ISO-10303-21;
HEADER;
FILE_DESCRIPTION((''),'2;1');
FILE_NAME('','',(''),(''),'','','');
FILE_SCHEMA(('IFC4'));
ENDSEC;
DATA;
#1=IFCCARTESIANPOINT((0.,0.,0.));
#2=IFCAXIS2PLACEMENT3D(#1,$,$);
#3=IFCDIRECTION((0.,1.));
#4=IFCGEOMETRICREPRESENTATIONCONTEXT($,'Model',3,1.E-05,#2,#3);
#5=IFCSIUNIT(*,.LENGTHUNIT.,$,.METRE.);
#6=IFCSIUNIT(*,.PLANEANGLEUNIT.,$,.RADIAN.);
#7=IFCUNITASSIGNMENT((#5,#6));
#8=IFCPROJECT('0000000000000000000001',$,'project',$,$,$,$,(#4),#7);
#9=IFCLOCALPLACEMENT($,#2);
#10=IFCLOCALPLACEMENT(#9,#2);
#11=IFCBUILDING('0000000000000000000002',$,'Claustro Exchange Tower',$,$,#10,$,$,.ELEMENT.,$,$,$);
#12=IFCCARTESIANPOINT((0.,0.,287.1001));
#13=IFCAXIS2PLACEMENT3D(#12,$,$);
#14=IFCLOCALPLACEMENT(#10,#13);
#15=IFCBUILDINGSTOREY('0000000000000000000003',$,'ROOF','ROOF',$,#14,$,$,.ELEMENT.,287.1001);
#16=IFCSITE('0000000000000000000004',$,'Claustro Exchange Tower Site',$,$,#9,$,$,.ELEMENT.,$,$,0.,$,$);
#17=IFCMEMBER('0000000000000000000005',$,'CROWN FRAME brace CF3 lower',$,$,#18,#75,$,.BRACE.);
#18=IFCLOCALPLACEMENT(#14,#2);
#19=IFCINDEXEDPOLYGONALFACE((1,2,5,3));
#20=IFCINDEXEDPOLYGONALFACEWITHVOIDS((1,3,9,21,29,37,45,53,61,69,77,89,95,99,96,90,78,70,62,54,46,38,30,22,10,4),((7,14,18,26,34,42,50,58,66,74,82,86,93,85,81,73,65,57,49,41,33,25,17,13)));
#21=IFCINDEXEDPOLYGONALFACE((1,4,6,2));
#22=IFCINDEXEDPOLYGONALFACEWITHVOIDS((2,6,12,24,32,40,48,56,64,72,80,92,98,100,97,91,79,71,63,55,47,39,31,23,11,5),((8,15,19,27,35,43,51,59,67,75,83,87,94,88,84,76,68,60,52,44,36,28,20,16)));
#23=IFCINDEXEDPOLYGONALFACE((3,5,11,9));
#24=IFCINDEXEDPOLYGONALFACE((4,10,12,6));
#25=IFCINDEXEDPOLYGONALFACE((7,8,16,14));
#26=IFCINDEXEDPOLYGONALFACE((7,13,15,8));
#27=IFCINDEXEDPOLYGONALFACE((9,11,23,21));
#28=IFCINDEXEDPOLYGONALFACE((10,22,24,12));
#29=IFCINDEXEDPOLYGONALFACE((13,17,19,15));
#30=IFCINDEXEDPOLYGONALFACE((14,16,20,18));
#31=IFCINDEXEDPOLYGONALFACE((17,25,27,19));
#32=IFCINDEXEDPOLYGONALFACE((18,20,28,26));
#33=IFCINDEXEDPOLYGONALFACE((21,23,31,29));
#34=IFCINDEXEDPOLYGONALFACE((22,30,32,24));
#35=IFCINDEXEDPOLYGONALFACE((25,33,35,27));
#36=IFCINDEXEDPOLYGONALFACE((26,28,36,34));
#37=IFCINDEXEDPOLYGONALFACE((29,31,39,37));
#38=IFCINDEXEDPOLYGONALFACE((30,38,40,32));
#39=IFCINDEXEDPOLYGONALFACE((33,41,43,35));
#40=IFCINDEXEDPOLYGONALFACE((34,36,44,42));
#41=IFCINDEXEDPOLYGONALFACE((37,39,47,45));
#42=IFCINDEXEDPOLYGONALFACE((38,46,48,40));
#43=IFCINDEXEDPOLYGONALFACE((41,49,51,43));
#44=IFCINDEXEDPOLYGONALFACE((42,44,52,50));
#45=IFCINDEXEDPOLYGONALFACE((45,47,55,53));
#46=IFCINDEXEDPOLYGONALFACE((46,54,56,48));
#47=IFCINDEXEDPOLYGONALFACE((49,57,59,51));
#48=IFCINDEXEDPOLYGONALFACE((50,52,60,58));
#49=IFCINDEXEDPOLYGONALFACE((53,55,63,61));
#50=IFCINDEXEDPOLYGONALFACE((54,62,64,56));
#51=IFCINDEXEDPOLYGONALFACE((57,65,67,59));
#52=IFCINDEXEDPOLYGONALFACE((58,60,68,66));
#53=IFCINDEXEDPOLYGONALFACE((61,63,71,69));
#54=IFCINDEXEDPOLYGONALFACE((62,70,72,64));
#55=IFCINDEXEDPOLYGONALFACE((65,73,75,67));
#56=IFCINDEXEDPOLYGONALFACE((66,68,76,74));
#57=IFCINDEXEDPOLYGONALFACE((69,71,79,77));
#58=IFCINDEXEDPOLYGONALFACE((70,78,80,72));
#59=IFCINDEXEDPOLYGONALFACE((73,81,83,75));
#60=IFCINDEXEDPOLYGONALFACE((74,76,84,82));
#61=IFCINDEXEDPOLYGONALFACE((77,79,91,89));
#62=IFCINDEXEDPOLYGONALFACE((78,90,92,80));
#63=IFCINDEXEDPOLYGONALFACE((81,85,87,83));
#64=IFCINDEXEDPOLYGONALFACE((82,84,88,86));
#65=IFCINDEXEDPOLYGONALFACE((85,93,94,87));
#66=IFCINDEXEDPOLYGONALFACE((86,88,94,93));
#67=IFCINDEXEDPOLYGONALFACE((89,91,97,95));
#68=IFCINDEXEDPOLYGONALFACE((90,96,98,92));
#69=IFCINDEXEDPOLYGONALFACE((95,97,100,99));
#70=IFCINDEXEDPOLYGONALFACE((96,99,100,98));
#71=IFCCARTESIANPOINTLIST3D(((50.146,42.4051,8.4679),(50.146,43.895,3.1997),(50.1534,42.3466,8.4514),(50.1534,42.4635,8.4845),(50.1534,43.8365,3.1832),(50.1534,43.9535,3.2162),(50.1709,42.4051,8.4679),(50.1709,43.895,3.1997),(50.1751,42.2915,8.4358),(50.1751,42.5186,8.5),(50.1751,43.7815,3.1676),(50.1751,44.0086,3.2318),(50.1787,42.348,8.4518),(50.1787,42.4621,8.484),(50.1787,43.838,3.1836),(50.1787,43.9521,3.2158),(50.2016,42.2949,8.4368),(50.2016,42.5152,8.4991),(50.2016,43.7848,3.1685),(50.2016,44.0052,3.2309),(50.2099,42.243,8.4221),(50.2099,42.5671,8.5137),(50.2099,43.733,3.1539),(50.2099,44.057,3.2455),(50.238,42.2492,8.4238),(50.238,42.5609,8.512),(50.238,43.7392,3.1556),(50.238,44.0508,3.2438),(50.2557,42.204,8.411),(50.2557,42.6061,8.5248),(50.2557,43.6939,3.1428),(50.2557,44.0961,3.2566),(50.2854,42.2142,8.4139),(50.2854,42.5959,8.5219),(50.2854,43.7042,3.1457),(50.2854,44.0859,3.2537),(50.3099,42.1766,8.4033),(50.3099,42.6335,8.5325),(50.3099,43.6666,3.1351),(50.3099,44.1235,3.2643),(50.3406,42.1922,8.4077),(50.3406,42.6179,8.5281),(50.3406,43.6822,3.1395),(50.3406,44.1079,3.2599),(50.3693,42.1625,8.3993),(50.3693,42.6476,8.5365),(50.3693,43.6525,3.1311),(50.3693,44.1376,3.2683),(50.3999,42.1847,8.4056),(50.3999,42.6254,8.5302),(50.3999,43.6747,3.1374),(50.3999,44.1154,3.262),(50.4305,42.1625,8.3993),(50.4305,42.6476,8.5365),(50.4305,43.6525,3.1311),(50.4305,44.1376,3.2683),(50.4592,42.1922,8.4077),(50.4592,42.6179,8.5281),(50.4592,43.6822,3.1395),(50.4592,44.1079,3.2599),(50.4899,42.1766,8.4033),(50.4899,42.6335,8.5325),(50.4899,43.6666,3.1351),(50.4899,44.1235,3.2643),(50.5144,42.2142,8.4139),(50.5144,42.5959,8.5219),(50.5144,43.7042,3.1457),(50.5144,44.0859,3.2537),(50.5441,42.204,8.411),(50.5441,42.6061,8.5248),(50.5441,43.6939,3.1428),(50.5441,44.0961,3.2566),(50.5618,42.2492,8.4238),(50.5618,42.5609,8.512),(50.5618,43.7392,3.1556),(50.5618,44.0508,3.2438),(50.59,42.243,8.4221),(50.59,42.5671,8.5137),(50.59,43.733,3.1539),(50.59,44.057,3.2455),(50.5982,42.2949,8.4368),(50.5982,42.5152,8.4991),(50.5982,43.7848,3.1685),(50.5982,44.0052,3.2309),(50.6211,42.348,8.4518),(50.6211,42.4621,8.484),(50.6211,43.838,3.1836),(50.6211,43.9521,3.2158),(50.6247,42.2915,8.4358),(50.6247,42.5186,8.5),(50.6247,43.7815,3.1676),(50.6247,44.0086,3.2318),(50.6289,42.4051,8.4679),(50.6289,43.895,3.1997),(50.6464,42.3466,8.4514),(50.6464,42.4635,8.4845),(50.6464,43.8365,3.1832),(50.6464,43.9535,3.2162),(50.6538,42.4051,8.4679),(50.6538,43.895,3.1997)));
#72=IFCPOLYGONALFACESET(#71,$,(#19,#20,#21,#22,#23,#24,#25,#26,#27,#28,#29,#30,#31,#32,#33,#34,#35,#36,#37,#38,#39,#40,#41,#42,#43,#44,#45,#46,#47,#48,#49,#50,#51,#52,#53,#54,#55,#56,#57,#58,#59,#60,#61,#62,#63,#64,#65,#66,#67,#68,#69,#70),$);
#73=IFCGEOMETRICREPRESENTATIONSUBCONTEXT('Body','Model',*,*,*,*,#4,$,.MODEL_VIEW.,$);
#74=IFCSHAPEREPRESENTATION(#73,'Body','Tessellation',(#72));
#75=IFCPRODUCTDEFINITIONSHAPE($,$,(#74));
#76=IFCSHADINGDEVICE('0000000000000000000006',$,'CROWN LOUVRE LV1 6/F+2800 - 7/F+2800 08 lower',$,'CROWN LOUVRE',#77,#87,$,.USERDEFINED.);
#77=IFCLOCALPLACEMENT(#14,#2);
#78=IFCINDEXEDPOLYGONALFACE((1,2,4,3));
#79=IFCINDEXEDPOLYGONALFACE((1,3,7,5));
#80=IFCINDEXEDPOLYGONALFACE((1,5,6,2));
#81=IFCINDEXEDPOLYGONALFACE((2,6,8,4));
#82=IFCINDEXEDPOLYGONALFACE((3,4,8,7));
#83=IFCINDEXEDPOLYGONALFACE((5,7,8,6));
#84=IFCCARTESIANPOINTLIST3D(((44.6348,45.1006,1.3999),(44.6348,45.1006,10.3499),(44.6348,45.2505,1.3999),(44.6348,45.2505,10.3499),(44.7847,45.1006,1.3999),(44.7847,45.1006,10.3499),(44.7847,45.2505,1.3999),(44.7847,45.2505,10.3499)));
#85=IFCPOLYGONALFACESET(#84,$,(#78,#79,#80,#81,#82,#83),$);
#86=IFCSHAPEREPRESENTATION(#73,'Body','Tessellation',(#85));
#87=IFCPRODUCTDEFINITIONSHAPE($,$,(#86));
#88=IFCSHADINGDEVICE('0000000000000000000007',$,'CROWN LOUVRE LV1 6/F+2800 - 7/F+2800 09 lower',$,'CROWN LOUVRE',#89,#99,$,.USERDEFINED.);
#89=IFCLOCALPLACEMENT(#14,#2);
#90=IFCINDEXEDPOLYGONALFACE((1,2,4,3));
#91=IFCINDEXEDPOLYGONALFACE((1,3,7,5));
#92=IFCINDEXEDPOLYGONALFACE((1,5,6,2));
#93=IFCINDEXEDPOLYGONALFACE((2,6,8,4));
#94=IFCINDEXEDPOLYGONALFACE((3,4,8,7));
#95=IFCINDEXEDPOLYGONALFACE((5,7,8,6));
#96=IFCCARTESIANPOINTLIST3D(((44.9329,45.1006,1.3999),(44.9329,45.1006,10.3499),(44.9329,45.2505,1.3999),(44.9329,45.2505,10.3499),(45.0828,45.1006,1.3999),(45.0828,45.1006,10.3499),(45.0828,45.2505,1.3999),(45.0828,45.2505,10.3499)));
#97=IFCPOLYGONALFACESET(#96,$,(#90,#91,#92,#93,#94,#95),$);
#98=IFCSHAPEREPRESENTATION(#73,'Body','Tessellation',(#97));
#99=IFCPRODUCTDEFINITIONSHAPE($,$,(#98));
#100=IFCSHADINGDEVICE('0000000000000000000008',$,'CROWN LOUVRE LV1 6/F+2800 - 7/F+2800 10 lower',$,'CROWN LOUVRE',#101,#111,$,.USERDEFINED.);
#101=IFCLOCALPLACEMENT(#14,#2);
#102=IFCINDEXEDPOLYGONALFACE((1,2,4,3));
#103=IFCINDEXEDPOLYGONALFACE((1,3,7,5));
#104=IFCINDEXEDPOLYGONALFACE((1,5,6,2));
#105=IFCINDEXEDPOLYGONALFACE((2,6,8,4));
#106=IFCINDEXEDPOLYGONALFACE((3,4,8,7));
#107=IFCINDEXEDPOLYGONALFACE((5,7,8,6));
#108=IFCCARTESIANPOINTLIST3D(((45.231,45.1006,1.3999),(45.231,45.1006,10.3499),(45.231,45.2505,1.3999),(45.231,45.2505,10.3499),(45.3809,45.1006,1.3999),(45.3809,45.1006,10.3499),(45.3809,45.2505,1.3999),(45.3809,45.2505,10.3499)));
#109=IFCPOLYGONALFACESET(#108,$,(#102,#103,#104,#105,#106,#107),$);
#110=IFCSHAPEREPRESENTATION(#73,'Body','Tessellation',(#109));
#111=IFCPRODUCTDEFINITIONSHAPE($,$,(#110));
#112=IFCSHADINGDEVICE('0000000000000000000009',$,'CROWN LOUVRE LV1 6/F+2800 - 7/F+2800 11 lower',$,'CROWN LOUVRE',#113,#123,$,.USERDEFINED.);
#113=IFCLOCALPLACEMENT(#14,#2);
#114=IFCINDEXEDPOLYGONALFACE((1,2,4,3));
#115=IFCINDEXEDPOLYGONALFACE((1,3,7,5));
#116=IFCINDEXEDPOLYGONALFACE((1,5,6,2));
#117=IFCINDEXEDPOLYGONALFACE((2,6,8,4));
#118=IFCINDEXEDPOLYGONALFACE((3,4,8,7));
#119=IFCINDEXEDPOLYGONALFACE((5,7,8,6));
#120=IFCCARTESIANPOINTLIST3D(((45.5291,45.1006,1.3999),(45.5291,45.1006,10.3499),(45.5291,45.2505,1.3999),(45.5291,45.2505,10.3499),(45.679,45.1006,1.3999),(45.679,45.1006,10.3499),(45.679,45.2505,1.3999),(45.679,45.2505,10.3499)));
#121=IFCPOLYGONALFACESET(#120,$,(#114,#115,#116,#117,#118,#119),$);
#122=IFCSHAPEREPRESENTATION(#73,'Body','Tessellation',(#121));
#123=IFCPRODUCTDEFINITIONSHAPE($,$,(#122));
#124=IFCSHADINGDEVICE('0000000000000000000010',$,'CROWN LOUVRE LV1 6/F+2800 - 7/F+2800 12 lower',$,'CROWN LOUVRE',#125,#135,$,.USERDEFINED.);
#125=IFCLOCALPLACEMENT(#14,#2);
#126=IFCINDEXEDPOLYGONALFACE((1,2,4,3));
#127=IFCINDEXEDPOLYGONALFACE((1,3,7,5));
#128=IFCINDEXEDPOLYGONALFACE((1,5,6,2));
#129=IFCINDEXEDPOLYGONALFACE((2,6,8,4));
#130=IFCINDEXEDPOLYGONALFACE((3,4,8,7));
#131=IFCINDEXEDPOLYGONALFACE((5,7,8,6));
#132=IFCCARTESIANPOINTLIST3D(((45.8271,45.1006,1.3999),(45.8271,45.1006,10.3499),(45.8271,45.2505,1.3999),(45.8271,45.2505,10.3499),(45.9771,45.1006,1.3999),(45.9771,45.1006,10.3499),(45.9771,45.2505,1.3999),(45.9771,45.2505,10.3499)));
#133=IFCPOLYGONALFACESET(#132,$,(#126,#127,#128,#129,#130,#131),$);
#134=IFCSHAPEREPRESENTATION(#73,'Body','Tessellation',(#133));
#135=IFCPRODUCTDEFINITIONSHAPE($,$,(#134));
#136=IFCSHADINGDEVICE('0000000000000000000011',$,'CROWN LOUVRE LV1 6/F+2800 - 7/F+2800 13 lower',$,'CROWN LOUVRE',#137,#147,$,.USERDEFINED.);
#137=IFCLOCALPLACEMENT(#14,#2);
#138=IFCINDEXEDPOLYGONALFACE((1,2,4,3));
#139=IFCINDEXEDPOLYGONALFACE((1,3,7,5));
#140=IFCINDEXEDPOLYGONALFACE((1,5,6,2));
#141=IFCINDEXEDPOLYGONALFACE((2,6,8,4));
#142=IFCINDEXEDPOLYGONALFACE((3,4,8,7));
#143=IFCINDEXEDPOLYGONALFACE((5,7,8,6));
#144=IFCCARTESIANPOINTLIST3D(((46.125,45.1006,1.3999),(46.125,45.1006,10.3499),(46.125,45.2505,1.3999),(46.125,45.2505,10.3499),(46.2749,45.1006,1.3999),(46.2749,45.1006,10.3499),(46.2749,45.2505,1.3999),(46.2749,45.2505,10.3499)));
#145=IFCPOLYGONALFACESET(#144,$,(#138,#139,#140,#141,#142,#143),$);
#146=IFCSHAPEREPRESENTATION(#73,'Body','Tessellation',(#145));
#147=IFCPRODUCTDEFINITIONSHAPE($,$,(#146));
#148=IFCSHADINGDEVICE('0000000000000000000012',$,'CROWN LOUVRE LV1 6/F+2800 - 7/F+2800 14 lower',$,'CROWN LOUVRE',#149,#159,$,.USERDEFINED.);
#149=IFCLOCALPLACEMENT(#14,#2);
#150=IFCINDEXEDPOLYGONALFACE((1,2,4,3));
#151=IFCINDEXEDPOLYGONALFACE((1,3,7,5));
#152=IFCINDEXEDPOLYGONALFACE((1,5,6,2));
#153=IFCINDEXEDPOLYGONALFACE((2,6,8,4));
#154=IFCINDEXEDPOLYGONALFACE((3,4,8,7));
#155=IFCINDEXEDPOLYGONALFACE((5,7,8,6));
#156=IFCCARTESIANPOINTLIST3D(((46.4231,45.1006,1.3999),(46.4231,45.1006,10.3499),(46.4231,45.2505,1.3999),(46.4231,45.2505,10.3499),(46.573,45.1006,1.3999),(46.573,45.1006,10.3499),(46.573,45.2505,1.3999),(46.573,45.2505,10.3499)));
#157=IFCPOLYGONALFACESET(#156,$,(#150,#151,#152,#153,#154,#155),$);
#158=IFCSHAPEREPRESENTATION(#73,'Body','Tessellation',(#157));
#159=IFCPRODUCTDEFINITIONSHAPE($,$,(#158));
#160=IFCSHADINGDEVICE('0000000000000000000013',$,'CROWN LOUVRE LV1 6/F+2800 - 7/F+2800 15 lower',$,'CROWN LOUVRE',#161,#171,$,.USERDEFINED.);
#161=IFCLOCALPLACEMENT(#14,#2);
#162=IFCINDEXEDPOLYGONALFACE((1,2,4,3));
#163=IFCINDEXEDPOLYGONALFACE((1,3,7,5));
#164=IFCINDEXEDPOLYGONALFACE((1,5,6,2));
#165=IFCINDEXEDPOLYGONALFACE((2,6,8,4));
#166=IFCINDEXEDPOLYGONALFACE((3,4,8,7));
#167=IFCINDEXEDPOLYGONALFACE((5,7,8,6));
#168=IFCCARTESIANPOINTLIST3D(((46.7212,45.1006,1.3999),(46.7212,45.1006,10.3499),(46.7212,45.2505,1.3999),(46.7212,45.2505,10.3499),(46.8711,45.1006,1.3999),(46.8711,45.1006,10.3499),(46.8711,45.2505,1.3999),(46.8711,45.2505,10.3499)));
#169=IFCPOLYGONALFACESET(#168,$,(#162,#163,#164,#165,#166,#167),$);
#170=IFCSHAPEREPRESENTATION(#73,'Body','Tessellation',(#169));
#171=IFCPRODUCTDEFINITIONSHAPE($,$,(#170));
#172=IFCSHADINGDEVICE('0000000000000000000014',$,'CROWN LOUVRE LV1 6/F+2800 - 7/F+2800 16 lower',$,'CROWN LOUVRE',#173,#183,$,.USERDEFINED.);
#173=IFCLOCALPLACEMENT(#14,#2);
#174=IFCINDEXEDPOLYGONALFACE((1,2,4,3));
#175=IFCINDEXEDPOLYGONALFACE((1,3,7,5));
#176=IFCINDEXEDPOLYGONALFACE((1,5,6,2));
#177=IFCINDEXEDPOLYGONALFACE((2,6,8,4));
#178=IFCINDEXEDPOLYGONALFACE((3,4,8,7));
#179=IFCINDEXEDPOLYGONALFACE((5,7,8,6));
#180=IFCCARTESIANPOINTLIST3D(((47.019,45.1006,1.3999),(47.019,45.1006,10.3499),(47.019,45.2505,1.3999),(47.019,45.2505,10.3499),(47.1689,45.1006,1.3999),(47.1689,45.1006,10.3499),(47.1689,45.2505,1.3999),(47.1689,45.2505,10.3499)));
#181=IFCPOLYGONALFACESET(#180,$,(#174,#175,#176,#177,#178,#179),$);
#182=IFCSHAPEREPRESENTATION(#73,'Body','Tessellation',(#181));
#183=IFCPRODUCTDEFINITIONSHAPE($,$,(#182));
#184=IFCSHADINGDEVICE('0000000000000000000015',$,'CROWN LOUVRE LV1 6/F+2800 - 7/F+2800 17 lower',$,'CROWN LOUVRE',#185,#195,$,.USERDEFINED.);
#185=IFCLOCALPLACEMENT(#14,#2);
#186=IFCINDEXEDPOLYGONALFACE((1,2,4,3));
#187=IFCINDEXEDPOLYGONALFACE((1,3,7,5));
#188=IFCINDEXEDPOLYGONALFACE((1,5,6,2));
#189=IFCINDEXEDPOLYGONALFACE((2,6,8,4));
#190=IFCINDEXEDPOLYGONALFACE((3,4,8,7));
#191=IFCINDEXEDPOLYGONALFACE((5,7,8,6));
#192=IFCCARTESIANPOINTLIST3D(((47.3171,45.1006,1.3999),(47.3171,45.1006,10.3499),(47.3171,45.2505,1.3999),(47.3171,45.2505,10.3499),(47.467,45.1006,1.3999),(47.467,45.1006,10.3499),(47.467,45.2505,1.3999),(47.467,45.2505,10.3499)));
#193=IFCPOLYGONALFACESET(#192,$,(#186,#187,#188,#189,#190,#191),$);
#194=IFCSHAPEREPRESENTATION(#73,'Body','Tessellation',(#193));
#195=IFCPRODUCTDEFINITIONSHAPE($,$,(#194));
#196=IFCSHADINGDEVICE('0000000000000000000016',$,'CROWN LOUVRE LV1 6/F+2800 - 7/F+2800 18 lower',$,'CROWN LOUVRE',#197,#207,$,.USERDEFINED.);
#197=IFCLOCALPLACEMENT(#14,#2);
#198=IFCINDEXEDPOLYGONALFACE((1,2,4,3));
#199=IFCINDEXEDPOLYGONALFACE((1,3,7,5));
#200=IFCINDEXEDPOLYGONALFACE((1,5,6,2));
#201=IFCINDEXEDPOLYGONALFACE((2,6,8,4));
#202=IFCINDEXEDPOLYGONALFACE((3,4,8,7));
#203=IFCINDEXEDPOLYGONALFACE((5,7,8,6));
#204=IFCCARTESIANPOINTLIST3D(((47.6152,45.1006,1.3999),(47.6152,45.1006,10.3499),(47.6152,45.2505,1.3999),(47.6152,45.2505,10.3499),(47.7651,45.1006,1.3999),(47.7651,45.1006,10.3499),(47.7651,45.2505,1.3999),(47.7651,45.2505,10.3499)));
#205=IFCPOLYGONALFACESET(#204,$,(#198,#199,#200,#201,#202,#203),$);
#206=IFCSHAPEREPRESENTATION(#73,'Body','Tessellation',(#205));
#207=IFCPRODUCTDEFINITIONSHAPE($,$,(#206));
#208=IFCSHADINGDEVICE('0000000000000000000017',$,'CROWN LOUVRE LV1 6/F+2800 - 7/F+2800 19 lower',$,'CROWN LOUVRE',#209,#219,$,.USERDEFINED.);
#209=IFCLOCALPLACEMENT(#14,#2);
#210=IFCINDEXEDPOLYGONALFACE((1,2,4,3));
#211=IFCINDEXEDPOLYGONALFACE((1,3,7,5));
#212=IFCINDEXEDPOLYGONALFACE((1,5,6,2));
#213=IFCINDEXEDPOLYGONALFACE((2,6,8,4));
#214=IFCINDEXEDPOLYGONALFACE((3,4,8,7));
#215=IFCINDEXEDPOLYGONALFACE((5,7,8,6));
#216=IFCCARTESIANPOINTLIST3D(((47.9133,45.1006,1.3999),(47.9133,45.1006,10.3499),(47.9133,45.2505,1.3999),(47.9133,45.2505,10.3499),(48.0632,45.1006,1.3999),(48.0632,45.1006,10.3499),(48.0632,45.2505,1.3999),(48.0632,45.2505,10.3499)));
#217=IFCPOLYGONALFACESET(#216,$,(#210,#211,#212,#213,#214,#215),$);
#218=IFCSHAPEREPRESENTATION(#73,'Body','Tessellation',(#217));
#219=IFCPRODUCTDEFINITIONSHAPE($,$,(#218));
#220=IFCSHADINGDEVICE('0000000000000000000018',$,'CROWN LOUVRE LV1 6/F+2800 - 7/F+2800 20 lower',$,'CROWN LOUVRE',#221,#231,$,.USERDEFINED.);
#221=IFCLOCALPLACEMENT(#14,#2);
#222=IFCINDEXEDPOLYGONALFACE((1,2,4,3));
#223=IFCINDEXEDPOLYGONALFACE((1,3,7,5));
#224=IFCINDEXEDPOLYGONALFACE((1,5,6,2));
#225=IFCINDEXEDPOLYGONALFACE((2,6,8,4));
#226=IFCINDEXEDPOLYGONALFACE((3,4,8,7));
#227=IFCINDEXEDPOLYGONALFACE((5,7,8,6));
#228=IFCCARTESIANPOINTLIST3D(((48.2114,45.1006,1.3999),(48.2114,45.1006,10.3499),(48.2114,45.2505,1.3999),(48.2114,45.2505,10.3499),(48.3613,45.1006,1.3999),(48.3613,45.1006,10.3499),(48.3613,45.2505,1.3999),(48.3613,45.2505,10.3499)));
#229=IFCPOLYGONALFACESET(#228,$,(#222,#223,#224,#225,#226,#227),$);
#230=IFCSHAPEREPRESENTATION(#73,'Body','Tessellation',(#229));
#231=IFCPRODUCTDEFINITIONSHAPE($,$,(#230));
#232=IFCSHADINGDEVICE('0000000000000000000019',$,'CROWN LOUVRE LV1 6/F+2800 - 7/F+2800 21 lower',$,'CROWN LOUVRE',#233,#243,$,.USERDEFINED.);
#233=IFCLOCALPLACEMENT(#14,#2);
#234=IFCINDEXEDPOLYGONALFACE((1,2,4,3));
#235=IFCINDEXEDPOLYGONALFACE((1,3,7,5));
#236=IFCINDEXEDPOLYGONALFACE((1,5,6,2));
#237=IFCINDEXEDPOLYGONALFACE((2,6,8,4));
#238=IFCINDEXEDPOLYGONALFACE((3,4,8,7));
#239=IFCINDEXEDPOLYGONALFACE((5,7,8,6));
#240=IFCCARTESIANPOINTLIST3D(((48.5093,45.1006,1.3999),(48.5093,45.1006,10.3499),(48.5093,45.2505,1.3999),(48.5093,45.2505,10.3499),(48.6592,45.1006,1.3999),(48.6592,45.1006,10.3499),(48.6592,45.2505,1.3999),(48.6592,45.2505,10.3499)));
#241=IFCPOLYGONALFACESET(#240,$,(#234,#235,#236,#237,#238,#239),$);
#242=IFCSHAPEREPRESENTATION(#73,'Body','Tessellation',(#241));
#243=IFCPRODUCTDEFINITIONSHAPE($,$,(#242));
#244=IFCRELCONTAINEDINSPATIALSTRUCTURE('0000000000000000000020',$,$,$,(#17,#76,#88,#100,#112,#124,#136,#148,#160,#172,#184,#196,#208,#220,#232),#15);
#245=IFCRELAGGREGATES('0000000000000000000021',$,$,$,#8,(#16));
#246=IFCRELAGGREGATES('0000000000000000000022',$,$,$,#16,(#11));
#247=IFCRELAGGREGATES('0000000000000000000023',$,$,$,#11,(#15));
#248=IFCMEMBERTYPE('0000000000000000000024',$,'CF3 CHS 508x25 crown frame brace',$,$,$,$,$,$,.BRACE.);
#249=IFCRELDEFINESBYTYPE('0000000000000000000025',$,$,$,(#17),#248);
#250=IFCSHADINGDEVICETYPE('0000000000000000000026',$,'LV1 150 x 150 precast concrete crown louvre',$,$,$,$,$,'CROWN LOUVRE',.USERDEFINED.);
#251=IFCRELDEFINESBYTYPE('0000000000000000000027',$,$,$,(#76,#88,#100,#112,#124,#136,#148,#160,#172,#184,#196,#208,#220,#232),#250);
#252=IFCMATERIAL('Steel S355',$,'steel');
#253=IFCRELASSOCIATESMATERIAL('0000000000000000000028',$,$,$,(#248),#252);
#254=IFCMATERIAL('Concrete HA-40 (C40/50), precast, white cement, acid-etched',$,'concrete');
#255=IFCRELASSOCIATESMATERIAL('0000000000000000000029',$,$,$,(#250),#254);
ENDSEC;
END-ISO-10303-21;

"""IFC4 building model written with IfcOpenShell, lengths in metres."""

from ifc_helpers import new_model, si_unit, direction, frame, origin, origin_2d, place, context, subcontext, project, spatial, rectangle, hollow_circle, extrude, material, material_profile, profile_set, type_object, element, save


model = new_model("IFC4")

# Units and contexts
model_context = context("Model", 3, precision=1e-05, world=origin(), true_north=direction((0.0, 1.0)))
body_context = subcontext(model_context, "Body", "Model", "MODEL_VIEW")
ifc_project = project(units=[si_unit("LENGTHUNIT", "METRE"), si_unit("PLANEANGLEUNIT", "RADIAN")], contexts=[model_context])

# Site, building, storey
site_placement = place(None, origin())
site = spatial("IfcSite", under=ifc_project, at=site_placement, Name="Claustro Exchange Tower Site", CompositionType="ELEMENT", RefElevation=0.0)
building_placement = place(site_placement, origin())
building = spatial("IfcBuilding", under=site, at=building_placement, Name="Claustro Exchange Tower", CompositionType="ELEMENT")
storey_placement = place(building_placement, frame((0.0, 0.0, 287.1001)))
storey = spatial("IfcBuildingStorey", under=building, at=storey_placement, Name="ROOF", Description="ROOF", CompositionType="ELEMENT", Elevation=287.1001)

# Member
ifc_material_1 = material(Name="Steel S355", Category="steel")
ifc_material_profile = material_profile(ifc_material_1, hollow_circle(Radius=0.2539, WallThickness=0.0249, at=origin_2d()), Name="CHS 508x25")
ifc_profile_set = profile_set([ifc_material_profile], Name="Steel S355")
member_type = type_object("IfcMemberType", Name="CF3 CHS 508x25 crown frame brace", PredefinedType="BRACE", material=ifc_profile_set)
member_placement = place(storey_placement, frame((50.3999, 43.895, 3.1997), z_axis=(0.0, -0.272146, 0.962256), x_axis=(1.0, 0.0, 0.0)))
element("IfcMember", 1, at=member_placement, inside=storey, type_object=member_type, Name="CROWN FRAME brace CF3 lower", PredefinedType="BRACE", context=body_context, shape_type="SweptSolid", body=[
    extrude(hollow_circle(Radius=0.2539, WallThickness=0.0249, at=origin_2d()), origin(), (0.0, 0.0, 1.0), 5.4749),
])

# Shading devices
ifc_material_2 = material(Name="Concrete HA-40 (C40/50), precast, white cement, acid-etched", Category="concrete")
shading_device_type = type_object("IfcShadingDeviceType", Name="LV1 150 x 150 precast concrete crown louvre", ElementType="CROWN LOUVRE", PredefinedType="USERDEFINED", material=ifc_material_2)
for number, where, z_axis, x_axis, name in (
    (2, (44.7097, 45.1755, 1.3999), (0.0, 0.0, 1.0), (1.0, 0.0, 0.0), "CROWN LOUVRE LV1 6/F+2800 - 7/F+2800 08 lower"),
    (3, (45.0078, 45.1755, 1.3999), (0.0, 0.0, 1.0), (1.0, 0.0, 0.0), "CROWN LOUVRE LV1 6/F+2800 - 7/F+2800 09 lower"),
    (4, (45.3059, 45.1755, 1.3999), (0.0, 0.0, 1.0), (1.0, 0.0, 0.0), "CROWN LOUVRE LV1 6/F+2800 - 7/F+2800 10 lower"),
    (5, (45.604, 45.1755, 1.3999), (0.0, 0.0, 1.0), (1.0, 0.0, 0.0), "CROWN LOUVRE LV1 6/F+2800 - 7/F+2800 11 lower"),
    (6, (45.9021, 45.1755, 1.3999), (0.0, 0.0, 1.0), (1.0, 0.0, 0.0), "CROWN LOUVRE LV1 6/F+2800 - 7/F+2800 12 lower"),
    (7, (46.2, 45.1755, 1.3999), (0.0, 0.0, 1.0), (1.0, 0.0, 0.0), "CROWN LOUVRE LV1 6/F+2800 - 7/F+2800 13 lower"),
    (8, (46.498, 45.1755, 1.3999), (0.0, 0.0, 1.0), (1.0, 0.0, 0.0), "CROWN LOUVRE LV1 6/F+2800 - 7/F+2800 14 lower"),
    (9, (46.7961, 45.1755, 1.3999), (0.0, 0.0, 1.0), (1.0, 0.0, 0.0), "CROWN LOUVRE LV1 6/F+2800 - 7/F+2800 15 lower"),
    (10, (47.094, 45.1755, 1.3999), (0.0, 0.0, 1.0), (1.0, 0.0, 0.0), "CROWN LOUVRE LV1 6/F+2800 - 7/F+2800 16 lower"),
    (11, (47.3921, 45.1755, 1.3999), (0.0, 0.0, 1.0), (1.0, 0.0, 0.0), "CROWN LOUVRE LV1 6/F+2800 - 7/F+2800 17 lower"),
    (12, (47.6902, 45.1755, 1.3999), (0.0, 0.0, 1.0), (1.0, 0.0, 0.0), "CROWN LOUVRE LV1 6/F+2800 - 7/F+2800 18 lower"),
    (13, (47.9883, 45.1755, 1.3999), (0.0, 0.0, 1.0), (1.0, 0.0, 0.0), "CROWN LOUVRE LV1 6/F+2800 - 7/F+2800 19 lower"),
    (14, (48.2864, 45.1755, 1.3999), (0.0, 0.0, 1.0), (1.0, 0.0, 0.0), "CROWN LOUVRE LV1 6/F+2800 - 7/F+2800 20 lower"),
    (15, (48.5842, 45.1755, 1.3999), (0.0, 0.0, 1.0), (1.0, 0.0, 0.0), "CROWN LOUVRE LV1 6/F+2800 - 7/F+2800 21 lower"),
):
    element("IfcShadingDevice", number, at=place(storey_placement, frame(where, z_axis=z_axis, x_axis=x_axis)), inside=storey, type_object=shading_device_type, Name=name, ObjectType="CROWN LOUVRE", PredefinedType="USERDEFINED", context=body_context, shape_type="SweptSolid", body=[
        extrude(rectangle(XDim=0.1499, YDim=0.1499, at=origin_2d()), origin(), (0.0, 0.0, 1.0), 8.95),
    ])

save(model, "model.ifc")
